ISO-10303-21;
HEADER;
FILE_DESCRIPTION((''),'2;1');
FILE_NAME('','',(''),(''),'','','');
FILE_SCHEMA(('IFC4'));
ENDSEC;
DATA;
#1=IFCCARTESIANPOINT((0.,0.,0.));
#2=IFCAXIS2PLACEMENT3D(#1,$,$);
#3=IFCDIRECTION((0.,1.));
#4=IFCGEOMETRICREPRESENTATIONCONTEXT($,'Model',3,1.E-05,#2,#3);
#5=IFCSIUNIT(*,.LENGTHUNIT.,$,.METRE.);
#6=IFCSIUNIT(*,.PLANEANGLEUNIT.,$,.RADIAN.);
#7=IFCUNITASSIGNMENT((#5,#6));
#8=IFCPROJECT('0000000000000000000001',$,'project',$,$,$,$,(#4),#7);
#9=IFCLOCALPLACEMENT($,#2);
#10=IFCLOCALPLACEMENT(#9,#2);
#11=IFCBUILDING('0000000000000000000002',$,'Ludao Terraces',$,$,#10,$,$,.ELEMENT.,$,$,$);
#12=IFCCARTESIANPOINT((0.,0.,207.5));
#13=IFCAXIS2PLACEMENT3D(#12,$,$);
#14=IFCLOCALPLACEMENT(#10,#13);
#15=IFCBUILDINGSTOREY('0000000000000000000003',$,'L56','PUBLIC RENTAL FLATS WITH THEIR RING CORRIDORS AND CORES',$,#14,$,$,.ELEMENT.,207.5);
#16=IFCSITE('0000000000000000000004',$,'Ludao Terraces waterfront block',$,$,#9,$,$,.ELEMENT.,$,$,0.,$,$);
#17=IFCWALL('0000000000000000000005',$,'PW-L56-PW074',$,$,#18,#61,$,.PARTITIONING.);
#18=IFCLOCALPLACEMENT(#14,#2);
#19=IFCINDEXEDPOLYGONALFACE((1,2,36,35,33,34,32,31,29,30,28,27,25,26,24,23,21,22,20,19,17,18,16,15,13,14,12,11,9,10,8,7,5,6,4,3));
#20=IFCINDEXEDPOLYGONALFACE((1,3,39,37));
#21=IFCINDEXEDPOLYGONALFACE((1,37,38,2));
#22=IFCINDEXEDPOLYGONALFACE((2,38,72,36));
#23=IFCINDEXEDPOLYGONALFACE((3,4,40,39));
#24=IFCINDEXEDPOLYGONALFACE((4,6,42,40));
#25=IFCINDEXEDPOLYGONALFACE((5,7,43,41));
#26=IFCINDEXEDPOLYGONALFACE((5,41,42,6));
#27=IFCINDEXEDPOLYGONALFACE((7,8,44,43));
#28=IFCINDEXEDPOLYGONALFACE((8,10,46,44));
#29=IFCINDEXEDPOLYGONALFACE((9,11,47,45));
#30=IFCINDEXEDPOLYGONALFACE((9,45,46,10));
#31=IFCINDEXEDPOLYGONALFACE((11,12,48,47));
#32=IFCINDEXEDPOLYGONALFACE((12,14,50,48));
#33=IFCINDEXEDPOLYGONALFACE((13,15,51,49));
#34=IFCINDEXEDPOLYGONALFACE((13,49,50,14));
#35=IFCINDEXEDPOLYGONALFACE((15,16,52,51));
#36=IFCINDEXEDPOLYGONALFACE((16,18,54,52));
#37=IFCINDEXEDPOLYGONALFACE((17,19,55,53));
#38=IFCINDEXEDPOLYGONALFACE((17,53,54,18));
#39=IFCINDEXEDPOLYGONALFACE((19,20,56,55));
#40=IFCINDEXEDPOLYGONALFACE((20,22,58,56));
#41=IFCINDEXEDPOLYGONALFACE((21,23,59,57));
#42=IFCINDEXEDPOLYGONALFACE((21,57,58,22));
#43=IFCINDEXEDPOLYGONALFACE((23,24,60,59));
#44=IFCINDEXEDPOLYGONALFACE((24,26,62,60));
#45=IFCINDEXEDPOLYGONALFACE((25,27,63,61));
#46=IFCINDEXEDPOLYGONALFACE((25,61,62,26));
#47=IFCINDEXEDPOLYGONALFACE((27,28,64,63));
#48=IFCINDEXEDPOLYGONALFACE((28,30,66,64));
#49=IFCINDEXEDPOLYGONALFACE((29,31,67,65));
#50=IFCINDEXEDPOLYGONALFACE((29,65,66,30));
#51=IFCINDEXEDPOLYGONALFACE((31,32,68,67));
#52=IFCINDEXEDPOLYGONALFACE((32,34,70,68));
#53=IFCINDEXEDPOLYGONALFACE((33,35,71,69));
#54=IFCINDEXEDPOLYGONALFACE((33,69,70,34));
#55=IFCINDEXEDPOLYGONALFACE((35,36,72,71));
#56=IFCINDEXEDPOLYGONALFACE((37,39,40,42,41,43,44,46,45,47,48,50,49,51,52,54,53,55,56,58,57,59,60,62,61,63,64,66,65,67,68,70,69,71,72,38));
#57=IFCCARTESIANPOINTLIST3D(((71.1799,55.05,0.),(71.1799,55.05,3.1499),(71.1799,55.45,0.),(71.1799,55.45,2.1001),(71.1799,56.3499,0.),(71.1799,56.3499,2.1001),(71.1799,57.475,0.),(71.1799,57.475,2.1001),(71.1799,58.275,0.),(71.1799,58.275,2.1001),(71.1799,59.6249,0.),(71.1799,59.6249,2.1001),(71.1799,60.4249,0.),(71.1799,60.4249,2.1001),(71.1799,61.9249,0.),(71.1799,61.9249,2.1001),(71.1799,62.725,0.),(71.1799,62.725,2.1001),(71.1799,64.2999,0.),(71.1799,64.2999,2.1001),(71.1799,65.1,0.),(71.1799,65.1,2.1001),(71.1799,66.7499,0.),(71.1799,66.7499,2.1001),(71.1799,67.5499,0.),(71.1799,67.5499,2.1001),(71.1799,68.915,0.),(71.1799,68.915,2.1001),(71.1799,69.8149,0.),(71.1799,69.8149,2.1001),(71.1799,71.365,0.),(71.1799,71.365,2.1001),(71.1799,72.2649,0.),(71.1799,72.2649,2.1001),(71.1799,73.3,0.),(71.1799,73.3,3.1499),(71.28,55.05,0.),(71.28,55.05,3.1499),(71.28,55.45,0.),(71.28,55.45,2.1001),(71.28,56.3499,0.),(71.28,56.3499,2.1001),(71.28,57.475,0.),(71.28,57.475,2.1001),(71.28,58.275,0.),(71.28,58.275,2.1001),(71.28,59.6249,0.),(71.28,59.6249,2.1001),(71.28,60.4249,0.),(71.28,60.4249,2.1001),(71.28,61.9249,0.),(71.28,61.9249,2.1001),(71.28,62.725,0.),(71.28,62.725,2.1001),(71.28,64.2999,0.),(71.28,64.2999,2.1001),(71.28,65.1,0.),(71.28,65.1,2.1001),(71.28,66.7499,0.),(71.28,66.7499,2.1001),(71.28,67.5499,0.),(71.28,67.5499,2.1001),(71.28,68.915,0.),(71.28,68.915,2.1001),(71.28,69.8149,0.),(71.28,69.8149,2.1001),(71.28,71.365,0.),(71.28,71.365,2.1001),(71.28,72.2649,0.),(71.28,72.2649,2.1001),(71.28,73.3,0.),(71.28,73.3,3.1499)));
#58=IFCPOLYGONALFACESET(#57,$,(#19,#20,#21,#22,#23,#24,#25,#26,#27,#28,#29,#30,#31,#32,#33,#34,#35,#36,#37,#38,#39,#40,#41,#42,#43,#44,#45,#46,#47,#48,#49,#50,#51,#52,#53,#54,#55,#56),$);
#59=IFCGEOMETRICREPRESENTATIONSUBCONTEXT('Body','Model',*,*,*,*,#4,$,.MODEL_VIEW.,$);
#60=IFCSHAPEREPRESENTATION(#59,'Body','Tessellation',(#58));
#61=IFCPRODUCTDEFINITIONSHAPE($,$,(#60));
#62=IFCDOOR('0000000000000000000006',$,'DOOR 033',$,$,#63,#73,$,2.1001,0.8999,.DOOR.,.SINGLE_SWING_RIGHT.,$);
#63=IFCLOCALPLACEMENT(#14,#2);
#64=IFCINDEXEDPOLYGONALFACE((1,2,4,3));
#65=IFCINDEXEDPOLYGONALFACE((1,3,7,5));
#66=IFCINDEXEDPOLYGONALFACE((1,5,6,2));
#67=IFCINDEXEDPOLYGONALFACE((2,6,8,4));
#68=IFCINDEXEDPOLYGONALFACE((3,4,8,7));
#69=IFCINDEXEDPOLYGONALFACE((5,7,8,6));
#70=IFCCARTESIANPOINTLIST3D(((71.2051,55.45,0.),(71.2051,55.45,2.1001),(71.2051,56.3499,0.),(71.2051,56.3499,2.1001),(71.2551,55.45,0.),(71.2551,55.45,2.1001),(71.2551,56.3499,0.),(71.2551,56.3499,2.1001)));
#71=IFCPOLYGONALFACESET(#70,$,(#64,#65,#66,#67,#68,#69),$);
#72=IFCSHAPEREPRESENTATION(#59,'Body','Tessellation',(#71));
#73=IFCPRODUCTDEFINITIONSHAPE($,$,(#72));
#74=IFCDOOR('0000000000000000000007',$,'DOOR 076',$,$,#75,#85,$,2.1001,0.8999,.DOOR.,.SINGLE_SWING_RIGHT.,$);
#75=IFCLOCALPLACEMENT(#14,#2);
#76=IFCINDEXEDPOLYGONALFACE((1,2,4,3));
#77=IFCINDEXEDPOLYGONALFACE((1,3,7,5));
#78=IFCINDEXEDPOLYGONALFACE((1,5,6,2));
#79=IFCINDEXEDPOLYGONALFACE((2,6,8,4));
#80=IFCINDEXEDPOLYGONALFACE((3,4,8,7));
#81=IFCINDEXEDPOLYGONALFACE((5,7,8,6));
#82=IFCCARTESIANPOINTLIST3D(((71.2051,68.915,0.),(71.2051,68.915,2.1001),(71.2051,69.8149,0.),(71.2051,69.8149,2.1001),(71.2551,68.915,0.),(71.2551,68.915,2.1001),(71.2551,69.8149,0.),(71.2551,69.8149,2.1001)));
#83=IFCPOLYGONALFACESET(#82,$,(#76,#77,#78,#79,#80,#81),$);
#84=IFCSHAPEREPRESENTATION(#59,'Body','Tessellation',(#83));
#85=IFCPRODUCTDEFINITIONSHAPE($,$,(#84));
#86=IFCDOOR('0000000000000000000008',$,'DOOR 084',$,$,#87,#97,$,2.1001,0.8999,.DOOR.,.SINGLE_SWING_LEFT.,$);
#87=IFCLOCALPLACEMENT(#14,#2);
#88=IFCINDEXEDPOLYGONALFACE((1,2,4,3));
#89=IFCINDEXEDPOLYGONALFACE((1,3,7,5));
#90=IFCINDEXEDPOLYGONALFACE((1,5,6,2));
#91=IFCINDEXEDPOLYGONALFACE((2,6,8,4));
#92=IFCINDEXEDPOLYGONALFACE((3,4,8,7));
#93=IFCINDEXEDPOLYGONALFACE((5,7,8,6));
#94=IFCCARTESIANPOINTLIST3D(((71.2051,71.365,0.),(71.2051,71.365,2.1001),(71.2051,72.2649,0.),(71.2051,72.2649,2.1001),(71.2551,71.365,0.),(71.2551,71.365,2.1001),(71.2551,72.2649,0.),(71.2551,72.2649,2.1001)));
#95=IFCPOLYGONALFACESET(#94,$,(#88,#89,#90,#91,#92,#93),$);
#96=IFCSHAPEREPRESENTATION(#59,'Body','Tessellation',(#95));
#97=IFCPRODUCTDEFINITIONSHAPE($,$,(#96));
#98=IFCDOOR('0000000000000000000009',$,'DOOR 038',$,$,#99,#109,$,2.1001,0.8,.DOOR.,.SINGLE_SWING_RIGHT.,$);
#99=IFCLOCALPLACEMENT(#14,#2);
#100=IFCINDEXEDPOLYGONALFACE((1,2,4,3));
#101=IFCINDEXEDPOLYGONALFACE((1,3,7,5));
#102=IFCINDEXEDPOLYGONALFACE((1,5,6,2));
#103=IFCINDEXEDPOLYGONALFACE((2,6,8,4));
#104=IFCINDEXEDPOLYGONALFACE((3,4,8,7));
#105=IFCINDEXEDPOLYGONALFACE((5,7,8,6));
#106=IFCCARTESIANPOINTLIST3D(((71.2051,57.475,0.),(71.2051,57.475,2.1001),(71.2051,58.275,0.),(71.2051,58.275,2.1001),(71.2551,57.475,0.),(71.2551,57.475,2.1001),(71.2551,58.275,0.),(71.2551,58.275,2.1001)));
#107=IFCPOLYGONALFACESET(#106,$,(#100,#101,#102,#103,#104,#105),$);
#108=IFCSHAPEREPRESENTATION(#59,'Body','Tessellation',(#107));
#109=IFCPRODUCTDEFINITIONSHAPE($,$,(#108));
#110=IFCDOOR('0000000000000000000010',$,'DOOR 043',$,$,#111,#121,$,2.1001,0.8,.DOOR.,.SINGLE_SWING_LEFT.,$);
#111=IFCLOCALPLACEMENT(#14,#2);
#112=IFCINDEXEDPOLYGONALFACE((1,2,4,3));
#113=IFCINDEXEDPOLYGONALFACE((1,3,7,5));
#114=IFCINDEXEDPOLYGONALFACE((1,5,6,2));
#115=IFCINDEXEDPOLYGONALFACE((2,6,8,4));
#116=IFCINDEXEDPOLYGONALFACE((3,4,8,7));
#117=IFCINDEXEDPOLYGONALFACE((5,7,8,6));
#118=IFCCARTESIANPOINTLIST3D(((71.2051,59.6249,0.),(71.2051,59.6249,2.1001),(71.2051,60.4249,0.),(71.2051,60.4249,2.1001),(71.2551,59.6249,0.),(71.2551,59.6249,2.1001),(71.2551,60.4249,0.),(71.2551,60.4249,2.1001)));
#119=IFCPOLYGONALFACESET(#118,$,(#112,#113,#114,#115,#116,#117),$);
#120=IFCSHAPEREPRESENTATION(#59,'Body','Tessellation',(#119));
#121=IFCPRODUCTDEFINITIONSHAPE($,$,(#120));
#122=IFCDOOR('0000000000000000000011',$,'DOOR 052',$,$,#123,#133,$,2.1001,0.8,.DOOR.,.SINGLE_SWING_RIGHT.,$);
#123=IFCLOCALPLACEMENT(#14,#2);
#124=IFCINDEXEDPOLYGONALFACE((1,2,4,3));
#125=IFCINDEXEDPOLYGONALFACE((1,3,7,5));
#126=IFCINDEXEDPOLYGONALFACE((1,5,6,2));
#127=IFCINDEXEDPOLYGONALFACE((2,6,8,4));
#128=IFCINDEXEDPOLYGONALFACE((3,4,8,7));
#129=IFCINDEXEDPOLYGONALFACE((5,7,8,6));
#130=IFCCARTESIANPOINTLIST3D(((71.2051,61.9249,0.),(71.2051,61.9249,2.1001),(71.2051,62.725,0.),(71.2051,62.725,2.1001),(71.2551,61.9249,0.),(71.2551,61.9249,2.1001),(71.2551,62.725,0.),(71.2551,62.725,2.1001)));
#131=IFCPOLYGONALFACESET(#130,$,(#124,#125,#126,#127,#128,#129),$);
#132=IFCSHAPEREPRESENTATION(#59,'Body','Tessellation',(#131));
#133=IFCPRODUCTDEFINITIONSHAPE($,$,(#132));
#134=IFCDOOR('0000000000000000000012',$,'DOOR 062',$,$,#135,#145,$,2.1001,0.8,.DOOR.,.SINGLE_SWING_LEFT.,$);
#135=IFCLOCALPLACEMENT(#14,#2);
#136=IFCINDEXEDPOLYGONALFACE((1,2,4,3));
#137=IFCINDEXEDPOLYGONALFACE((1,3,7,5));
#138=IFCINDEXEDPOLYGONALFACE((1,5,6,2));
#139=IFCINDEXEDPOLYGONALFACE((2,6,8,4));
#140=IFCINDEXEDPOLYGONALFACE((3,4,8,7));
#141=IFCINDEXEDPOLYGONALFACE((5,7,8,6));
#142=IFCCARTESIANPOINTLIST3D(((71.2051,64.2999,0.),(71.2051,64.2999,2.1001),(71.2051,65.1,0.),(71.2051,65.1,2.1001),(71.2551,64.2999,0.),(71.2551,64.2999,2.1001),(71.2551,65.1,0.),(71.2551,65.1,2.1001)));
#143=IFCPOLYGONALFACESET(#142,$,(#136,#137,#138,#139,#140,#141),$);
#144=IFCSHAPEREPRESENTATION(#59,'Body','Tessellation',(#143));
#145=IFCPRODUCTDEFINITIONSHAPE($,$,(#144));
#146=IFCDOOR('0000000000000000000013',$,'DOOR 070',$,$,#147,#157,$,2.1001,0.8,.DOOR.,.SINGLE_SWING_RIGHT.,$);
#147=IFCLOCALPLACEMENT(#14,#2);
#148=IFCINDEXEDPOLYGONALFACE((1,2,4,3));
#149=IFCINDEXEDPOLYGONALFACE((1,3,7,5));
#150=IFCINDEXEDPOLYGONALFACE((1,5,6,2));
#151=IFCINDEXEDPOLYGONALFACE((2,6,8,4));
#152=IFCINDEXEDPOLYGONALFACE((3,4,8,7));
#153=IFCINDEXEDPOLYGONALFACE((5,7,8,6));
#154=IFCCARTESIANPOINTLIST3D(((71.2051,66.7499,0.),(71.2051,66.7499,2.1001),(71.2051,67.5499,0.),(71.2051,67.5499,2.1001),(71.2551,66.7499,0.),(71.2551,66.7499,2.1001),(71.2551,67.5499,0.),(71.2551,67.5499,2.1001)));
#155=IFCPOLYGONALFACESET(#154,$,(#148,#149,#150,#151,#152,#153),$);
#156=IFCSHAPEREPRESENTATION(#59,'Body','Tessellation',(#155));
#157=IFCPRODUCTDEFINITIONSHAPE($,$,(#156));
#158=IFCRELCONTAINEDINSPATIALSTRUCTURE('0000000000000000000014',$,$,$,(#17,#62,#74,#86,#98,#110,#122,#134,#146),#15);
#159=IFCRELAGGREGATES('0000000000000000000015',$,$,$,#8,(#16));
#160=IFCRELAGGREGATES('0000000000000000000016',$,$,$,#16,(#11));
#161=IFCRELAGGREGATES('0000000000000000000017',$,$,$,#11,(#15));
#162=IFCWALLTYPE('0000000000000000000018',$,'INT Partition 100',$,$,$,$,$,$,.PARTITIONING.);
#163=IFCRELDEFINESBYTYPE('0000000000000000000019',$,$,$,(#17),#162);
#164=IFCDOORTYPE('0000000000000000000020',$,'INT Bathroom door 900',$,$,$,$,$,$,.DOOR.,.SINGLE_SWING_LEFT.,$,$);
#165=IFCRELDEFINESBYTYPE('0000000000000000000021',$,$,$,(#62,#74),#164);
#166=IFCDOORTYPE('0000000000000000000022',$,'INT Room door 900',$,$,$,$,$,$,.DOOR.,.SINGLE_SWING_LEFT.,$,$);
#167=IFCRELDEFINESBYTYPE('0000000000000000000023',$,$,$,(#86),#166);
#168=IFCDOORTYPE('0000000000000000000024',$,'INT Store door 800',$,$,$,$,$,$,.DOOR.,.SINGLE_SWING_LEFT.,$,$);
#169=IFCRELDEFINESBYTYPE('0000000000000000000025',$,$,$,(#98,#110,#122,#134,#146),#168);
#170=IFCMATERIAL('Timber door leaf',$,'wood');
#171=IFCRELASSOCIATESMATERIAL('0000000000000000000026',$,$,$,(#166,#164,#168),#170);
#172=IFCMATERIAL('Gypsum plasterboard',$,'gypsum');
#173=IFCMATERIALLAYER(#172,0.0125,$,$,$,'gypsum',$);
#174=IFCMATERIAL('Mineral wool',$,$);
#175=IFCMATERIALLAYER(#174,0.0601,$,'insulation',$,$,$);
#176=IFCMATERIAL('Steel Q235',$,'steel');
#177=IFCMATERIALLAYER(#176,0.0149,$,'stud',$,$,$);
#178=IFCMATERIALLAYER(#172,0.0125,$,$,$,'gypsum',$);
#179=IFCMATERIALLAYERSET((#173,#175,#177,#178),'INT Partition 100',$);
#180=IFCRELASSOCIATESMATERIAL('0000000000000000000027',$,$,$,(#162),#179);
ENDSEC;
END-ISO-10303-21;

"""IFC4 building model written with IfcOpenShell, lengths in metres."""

from ifc_helpers import new_model, si_unit, direction, frame, frame_2d, origin, place, context, subcontext, project, spatial, rectangle, extrude, material, layer, layer_set, type_object, element, fill, save


model = new_model("IFC4")

# Units and contexts
model_context = context("Model", 3, precision=1e-05, world=origin(), true_north=direction((0.0, 1.0)))
body_context = subcontext(model_context, "Body", "Model", "MODEL_VIEW")
ifc_project = project(units=[si_unit("LENGTHUNIT", "METRE"), si_unit("PLANEANGLEUNIT", "RADIAN")], contexts=[model_context])

# Site, building, storey
site_placement = place(None, origin())
site = spatial("IfcSite", under=ifc_project, at=site_placement, Name="Ludao Terraces waterfront block", CompositionType="ELEMENT", RefElevation=0.0)
building_placement = place(site_placement, origin())
building = spatial("IfcBuilding", under=site, at=building_placement, Name="Ludao Terraces", CompositionType="ELEMENT")
storey_placement = place(building_placement, frame((0.0, 0.0, 207.5)))
storey = spatial("IfcBuildingStorey", under=building, at=storey_placement, Name="L56", Description="PUBLIC RENTAL FLATS WITH THEIR RING CORRIDORS AND CORES", CompositionType="ELEMENT", Elevation=207.5)

# Shared definitions
ifc_material_1 = material(Name="Steel Q235", Category="steel")
ifc_material_2 = material(Name="Timber door leaf", Category="wood")
door_type_1 = type_object("IfcDoorType", Name="INT Room door 900", OperationType="SINGLE_SWING_LEFT", PredefinedType="DOOR", material=ifc_material_2)

# Shared definitions
ifc_material_3 = material(Name="Gypsum plasterboard", Category="gypsum")
ifc_layer_1 = layer(ifc_material_3, 0.0125, Category="gypsum")
ifc_material_4 = material(Name="Mineral wool")
ifc_layer_2 = layer(ifc_material_4, 0.0601, Name="insulation")
ifc_layer_3 = layer(ifc_material_1, 0.0149, Name="stud")
ifc_layer_4 = layer(ifc_material_3, 0.0125, Category="gypsum")
ifc_layer_set_1 = layer_set([ifc_layer_1, ifc_layer_2, ifc_layer_3, ifc_layer_4], Name="INT Partition 100")
wall_type_1 = type_object("IfcWallType", Name="INT Partition 100", PredefinedType="PARTITIONING", material=ifc_layer_set_1)

# Wall, openings, doors
wall_1_placement = place(storey_placement, frame((71.23, 55.05, 0.0), z_axis=(0.0, 0.0, 1.0), x_axis=(0.0, 1.0, 0.0)))
wall_1 = element("IfcWall", 1, at=wall_1_placement, inside=storey, type_object=wall_type_1, Name="PW-L56-PW074", PredefinedType="PARTITIONING", context=body_context, shape_type="SweptSolid", body=[
    extrude(rectangle(XDim=18.25, YDim=0.1001, at=frame_2d((9.125, 0.0))), origin(), (0.0, 0.0, 1.0), 3.1499),
])
opening_1_placement = place(wall_1_placement, frame((0.3999, 0.0, 0.0)))
opening_1 = element("IfcOpeningElement", 2, at=opening_1_placement, cuts=wall_1, PredefinedType="OPENING", context=body_context, shape_type="SweptSolid", body=[
    extrude(rectangle(XDim=0.8999, YDim=2.1001, at=frame_2d((0.45, 1.05))), frame((0.0, 0.0601, 0.0), z_axis=(0.0, -1.0, 0.0), x_axis=(1.0, 0.0, 0.0)), (0.0, 0.0, 1.0), 0.1201),
])
opening_2_placement = place(wall_1_placement, frame((2.425, 0.0, 0.0)))
opening_2 = element("IfcOpeningElement", 3, at=opening_2_placement, cuts=wall_1, PredefinedType="OPENING", context=body_context, shape_type="SweptSolid", body=[
    extrude(rectangle(XDim=0.8, YDim=2.1001, at=frame_2d((0.3999, 1.05))), frame((0.0, 0.0601, 0.0), z_axis=(0.0, -1.0, 0.0), x_axis=(1.0, 0.0, 0.0)), (0.0, 0.0, 1.0), 0.1201),
])
opening_3_placement = place(wall_1_placement, frame((4.575, 0.0, 0.0)))
opening_3 = element("IfcOpeningElement", 4, at=opening_3_placement, cuts=wall_1, PredefinedType="OPENING", context=body_context, shape_type="SweptSolid", body=[
    extrude(rectangle(XDim=0.8, YDim=2.1001, at=frame_2d((0.3999, 1.05))), frame((0.0, 0.0601, 0.0), z_axis=(0.0, -1.0, 0.0), x_axis=(1.0, 0.0, 0.0)), (0.0, 0.0, 1.0), 0.1201),
])
opening_4_placement = place(wall_1_placement, frame((6.875, 0.0, 0.0)))
opening_4 = element("IfcOpeningElement", 5, at=opening_4_placement, cuts=wall_1, PredefinedType="OPENING", context=body_context, shape_type="SweptSolid", body=[
    extrude(rectangle(XDim=0.8, YDim=2.1001, at=frame_2d((0.3999, 1.05))), frame((0.0, 0.0601, 0.0), z_axis=(0.0, -1.0, 0.0), x_axis=(1.0, 0.0, 0.0)), (0.0, 0.0, 1.0), 0.1201),
])
opening_5_placement = place(wall_1_placement, frame((9.25, 0.0, 0.0)))
opening_5 = element("IfcOpeningElement", 6, at=opening_5_placement, cuts=wall_1, PredefinedType="OPENING", context=body_context, shape_type="SweptSolid", body=[
    extrude(rectangle(XDim=0.8, YDim=2.1001, at=frame_2d((0.3999, 1.05))), frame((0.0, 0.0601, 0.0), z_axis=(0.0, -1.0, 0.0), x_axis=(1.0, 0.0, 0.0)), (0.0, 0.0, 1.0), 0.1201),
])
opening_6_placement = place(wall_1_placement, frame((11.7, 0.0, 0.0)))
opening_6 = element("IfcOpeningElement", 7, at=opening_6_placement, cuts=wall_1, PredefinedType="OPENING", context=body_context, shape_type="SweptSolid", body=[
    extrude(rectangle(XDim=0.8, YDim=2.1001, at=frame_2d((0.3999, 1.05))), frame((0.0, 0.0601, 0.0), z_axis=(0.0, -1.0, 0.0), x_axis=(1.0, 0.0, 0.0)), (0.0, 0.0, 1.0), 0.1201),
])
opening_7_placement = place(wall_1_placement, frame((13.865, 0.0, 0.0)))
opening_7 = element("IfcOpeningElement", 8, at=opening_7_placement, cuts=wall_1, PredefinedType="OPENING", context=body_context, shape_type="SweptSolid", body=[
    extrude(rectangle(XDim=0.8999, YDim=2.1001, at=frame_2d((0.45, 1.05))), frame((0.0, 0.0601, 0.0), z_axis=(0.0, -1.0, 0.0), x_axis=(1.0, 0.0, 0.0)), (0.0, 0.0, 1.0), 0.1201),
])
opening_8_placement = place(wall_1_placement, frame((16.3149, 0.0, 0.0)))
opening_8 = element("IfcOpeningElement", 9, at=opening_8_placement, cuts=wall_1, PredefinedType="OPENING", context=body_context, shape_type="SweptSolid", body=[
    extrude(rectangle(XDim=0.8999, YDim=2.1001, at=frame_2d((0.45, 1.05))), frame((0.0, 0.0601, 0.0), z_axis=(0.0, -1.0, 0.0), x_axis=(1.0, 0.0, 0.0)), (0.0, 0.0, 1.0), 0.1201),
])
door_type_2 = type_object("IfcDoorType", Name="INT Bathroom door 900", OperationType="SINGLE_SWING_LEFT", PredefinedType="DOOR", material=ifc_material_2)
door_1_placement = place(opening_1_placement, origin())
door_1 = element("IfcDoor", 10, at=door_1_placement, inside=storey, type_object=door_type_2, Name="DOOR 033", OperationType="SINGLE_SWING_RIGHT", OverallHeight=2.1001, OverallWidth=0.8999, PredefinedType="DOOR", context=body_context, shape_type="SweptSolid", body=[
    extrude(rectangle(XDim=0.8999, YDim=2.1001, at=frame_2d((0.45, 1.05))), frame((0.0, 0.0249, 0.0), z_axis=(0.0, -1.0, 0.0), x_axis=(1.0, 0.0, 0.0)), (0.0, 0.0, 1.0), 0.05),
])
fill(opening_1, door_1)
door_2_placement = place(opening_7_placement, origin())
door_2 = element("IfcDoor", 11, at=door_2_placement, inside=storey, type_object=door_type_2, Name="DOOR 076", OperationType="SINGLE_SWING_RIGHT", OverallHeight=2.1001, OverallWidth=0.8999, PredefinedType="DOOR", context=body_context, shape_type="SweptSolid", body=[
    extrude(rectangle(XDim=0.8999, YDim=2.1001, at=frame_2d((0.45, 1.05))), frame((0.0, 0.0249, 0.0), z_axis=(0.0, -1.0, 0.0), x_axis=(1.0, 0.0, 0.0)), (0.0, 0.0, 1.0), 0.05),
])
fill(opening_7, door_2)
door_3_placement = place(opening_8_placement, origin())
door_3 = element("IfcDoor", 12, at=door_3_placement, inside=storey, type_object=door_type_1, Name="DOOR 084", OperationType="SINGLE_SWING_LEFT", OverallHeight=2.1001, OverallWidth=0.8999, PredefinedType="DOOR", context=body_context, shape_type="SweptSolid", body=[
    extrude(rectangle(XDim=0.8999, YDim=2.1001, at=frame_2d((0.45, 1.05))), frame((0.0, 0.0249, 0.0), z_axis=(0.0, -1.0, 0.0), x_axis=(1.0, 0.0, 0.0)), (0.0, 0.0, 1.0), 0.05),
])
fill(opening_8, door_3)
door_type_3 = type_object("IfcDoorType", Name="INT Store door 800", OperationType="SINGLE_SWING_LEFT", PredefinedType="DOOR", material=ifc_material_2)
door_4_placement = place(opening_2_placement, origin())
door_4 = element("IfcDoor", 13, at=door_4_placement, inside=storey, type_object=door_type_3, Name="DOOR 038", OperationType="SINGLE_SWING_RIGHT", OverallHeight=2.1001, OverallWidth=0.8, PredefinedType="DOOR", context=body_context, shape_type="SweptSolid", body=[
    extrude(rectangle(XDim=0.8, YDim=2.1001, at=frame_2d((0.3999, 1.05))), frame((0.0, 0.0249, 0.0), z_axis=(0.0, -1.0, 0.0), x_axis=(1.0, 0.0, 0.0)), (0.0, 0.0, 1.0), 0.05),
])
fill(opening_2, door_4)
door_5_placement = place(opening_3_placement, origin())
door_5 = element("IfcDoor", 14, at=door_5_placement, inside=storey, type_object=door_type_3, Name="DOOR 043", OperationType="SINGLE_SWING_LEFT", OverallHeight=2.1001, OverallWidth=0.8, PredefinedType="DOOR", context=body_context, shape_type="SweptSolid", body=[
    extrude(rectangle(XDim=0.8, YDim=2.1001, at=frame_2d((0.3999, 1.05))), frame((0.0, 0.0249, 0.0), z_axis=(0.0, -1.0, 0.0), x_axis=(1.0, 0.0, 0.0)), (0.0, 0.0, 1.0), 0.05),
])
fill(opening_3, door_5)
door_6_placement = place(opening_4_placement, origin())
door_6 = element("IfcDoor", 15, at=door_6_placement, inside=storey, type_object=door_type_3, Name="DOOR 052", OperationType="SINGLE_SWING_RIGHT", OverallHeight=2.1001, OverallWidth=0.8, PredefinedType="DOOR", context=body_context, shape_type="SweptSolid", body=[
    extrude(rectangle(XDim=0.8, YDim=2.1001, at=frame_2d((0.3999, 1.05))), frame((0.0, 0.0249, 0.0), z_axis=(0.0, -1.0, 0.0), x_axis=(1.0, 0.0, 0.0)), (0.0, 0.0, 1.0), 0.05),
])
fill(opening_4, door_6)
door_7_placement = place(opening_5_placement, origin())
door_7 = element("IfcDoor", 16, at=door_7_placement, inside=storey, type_object=door_type_3, Name="DOOR 062", OperationType="SINGLE_SWING_LEFT", OverallHeight=2.1001, OverallWidth=0.8, PredefinedType="DOOR", context=body_context, shape_type="SweptSolid", body=[
    extrude(rectangle(XDim=0.8, YDim=2.1001, at=frame_2d((0.3999, 1.05))), frame((0.0, 0.0249, 0.0), z_axis=(0.0, -1.0, 0.0), x_axis=(1.0, 0.0, 0.0)), (0.0, 0.0, 1.0), 0.05),
])
fill(opening_5, door_7)
door_8_placement = place(opening_6_placement, origin())
door_8 = element("IfcDoor", 17, at=door_8_placement, inside=storey, type_object=door_type_3, Name="DOOR 070", OperationType="SINGLE_SWING_RIGHT", OverallHeight=2.1001, OverallWidth=0.8, PredefinedType="DOOR", context=body_context, shape_type="SweptSolid", body=[
    extrude(rectangle(XDim=0.8, YDim=2.1001, at=frame_2d((0.3999, 1.05))), frame((0.0, 0.0249, 0.0), z_axis=(0.0, -1.0, 0.0), x_axis=(1.0, 0.0, 0.0)), (0.0, 0.0, 1.0), 0.05),
])
fill(opening_6, door_8)

save(model, "model.ifc")
